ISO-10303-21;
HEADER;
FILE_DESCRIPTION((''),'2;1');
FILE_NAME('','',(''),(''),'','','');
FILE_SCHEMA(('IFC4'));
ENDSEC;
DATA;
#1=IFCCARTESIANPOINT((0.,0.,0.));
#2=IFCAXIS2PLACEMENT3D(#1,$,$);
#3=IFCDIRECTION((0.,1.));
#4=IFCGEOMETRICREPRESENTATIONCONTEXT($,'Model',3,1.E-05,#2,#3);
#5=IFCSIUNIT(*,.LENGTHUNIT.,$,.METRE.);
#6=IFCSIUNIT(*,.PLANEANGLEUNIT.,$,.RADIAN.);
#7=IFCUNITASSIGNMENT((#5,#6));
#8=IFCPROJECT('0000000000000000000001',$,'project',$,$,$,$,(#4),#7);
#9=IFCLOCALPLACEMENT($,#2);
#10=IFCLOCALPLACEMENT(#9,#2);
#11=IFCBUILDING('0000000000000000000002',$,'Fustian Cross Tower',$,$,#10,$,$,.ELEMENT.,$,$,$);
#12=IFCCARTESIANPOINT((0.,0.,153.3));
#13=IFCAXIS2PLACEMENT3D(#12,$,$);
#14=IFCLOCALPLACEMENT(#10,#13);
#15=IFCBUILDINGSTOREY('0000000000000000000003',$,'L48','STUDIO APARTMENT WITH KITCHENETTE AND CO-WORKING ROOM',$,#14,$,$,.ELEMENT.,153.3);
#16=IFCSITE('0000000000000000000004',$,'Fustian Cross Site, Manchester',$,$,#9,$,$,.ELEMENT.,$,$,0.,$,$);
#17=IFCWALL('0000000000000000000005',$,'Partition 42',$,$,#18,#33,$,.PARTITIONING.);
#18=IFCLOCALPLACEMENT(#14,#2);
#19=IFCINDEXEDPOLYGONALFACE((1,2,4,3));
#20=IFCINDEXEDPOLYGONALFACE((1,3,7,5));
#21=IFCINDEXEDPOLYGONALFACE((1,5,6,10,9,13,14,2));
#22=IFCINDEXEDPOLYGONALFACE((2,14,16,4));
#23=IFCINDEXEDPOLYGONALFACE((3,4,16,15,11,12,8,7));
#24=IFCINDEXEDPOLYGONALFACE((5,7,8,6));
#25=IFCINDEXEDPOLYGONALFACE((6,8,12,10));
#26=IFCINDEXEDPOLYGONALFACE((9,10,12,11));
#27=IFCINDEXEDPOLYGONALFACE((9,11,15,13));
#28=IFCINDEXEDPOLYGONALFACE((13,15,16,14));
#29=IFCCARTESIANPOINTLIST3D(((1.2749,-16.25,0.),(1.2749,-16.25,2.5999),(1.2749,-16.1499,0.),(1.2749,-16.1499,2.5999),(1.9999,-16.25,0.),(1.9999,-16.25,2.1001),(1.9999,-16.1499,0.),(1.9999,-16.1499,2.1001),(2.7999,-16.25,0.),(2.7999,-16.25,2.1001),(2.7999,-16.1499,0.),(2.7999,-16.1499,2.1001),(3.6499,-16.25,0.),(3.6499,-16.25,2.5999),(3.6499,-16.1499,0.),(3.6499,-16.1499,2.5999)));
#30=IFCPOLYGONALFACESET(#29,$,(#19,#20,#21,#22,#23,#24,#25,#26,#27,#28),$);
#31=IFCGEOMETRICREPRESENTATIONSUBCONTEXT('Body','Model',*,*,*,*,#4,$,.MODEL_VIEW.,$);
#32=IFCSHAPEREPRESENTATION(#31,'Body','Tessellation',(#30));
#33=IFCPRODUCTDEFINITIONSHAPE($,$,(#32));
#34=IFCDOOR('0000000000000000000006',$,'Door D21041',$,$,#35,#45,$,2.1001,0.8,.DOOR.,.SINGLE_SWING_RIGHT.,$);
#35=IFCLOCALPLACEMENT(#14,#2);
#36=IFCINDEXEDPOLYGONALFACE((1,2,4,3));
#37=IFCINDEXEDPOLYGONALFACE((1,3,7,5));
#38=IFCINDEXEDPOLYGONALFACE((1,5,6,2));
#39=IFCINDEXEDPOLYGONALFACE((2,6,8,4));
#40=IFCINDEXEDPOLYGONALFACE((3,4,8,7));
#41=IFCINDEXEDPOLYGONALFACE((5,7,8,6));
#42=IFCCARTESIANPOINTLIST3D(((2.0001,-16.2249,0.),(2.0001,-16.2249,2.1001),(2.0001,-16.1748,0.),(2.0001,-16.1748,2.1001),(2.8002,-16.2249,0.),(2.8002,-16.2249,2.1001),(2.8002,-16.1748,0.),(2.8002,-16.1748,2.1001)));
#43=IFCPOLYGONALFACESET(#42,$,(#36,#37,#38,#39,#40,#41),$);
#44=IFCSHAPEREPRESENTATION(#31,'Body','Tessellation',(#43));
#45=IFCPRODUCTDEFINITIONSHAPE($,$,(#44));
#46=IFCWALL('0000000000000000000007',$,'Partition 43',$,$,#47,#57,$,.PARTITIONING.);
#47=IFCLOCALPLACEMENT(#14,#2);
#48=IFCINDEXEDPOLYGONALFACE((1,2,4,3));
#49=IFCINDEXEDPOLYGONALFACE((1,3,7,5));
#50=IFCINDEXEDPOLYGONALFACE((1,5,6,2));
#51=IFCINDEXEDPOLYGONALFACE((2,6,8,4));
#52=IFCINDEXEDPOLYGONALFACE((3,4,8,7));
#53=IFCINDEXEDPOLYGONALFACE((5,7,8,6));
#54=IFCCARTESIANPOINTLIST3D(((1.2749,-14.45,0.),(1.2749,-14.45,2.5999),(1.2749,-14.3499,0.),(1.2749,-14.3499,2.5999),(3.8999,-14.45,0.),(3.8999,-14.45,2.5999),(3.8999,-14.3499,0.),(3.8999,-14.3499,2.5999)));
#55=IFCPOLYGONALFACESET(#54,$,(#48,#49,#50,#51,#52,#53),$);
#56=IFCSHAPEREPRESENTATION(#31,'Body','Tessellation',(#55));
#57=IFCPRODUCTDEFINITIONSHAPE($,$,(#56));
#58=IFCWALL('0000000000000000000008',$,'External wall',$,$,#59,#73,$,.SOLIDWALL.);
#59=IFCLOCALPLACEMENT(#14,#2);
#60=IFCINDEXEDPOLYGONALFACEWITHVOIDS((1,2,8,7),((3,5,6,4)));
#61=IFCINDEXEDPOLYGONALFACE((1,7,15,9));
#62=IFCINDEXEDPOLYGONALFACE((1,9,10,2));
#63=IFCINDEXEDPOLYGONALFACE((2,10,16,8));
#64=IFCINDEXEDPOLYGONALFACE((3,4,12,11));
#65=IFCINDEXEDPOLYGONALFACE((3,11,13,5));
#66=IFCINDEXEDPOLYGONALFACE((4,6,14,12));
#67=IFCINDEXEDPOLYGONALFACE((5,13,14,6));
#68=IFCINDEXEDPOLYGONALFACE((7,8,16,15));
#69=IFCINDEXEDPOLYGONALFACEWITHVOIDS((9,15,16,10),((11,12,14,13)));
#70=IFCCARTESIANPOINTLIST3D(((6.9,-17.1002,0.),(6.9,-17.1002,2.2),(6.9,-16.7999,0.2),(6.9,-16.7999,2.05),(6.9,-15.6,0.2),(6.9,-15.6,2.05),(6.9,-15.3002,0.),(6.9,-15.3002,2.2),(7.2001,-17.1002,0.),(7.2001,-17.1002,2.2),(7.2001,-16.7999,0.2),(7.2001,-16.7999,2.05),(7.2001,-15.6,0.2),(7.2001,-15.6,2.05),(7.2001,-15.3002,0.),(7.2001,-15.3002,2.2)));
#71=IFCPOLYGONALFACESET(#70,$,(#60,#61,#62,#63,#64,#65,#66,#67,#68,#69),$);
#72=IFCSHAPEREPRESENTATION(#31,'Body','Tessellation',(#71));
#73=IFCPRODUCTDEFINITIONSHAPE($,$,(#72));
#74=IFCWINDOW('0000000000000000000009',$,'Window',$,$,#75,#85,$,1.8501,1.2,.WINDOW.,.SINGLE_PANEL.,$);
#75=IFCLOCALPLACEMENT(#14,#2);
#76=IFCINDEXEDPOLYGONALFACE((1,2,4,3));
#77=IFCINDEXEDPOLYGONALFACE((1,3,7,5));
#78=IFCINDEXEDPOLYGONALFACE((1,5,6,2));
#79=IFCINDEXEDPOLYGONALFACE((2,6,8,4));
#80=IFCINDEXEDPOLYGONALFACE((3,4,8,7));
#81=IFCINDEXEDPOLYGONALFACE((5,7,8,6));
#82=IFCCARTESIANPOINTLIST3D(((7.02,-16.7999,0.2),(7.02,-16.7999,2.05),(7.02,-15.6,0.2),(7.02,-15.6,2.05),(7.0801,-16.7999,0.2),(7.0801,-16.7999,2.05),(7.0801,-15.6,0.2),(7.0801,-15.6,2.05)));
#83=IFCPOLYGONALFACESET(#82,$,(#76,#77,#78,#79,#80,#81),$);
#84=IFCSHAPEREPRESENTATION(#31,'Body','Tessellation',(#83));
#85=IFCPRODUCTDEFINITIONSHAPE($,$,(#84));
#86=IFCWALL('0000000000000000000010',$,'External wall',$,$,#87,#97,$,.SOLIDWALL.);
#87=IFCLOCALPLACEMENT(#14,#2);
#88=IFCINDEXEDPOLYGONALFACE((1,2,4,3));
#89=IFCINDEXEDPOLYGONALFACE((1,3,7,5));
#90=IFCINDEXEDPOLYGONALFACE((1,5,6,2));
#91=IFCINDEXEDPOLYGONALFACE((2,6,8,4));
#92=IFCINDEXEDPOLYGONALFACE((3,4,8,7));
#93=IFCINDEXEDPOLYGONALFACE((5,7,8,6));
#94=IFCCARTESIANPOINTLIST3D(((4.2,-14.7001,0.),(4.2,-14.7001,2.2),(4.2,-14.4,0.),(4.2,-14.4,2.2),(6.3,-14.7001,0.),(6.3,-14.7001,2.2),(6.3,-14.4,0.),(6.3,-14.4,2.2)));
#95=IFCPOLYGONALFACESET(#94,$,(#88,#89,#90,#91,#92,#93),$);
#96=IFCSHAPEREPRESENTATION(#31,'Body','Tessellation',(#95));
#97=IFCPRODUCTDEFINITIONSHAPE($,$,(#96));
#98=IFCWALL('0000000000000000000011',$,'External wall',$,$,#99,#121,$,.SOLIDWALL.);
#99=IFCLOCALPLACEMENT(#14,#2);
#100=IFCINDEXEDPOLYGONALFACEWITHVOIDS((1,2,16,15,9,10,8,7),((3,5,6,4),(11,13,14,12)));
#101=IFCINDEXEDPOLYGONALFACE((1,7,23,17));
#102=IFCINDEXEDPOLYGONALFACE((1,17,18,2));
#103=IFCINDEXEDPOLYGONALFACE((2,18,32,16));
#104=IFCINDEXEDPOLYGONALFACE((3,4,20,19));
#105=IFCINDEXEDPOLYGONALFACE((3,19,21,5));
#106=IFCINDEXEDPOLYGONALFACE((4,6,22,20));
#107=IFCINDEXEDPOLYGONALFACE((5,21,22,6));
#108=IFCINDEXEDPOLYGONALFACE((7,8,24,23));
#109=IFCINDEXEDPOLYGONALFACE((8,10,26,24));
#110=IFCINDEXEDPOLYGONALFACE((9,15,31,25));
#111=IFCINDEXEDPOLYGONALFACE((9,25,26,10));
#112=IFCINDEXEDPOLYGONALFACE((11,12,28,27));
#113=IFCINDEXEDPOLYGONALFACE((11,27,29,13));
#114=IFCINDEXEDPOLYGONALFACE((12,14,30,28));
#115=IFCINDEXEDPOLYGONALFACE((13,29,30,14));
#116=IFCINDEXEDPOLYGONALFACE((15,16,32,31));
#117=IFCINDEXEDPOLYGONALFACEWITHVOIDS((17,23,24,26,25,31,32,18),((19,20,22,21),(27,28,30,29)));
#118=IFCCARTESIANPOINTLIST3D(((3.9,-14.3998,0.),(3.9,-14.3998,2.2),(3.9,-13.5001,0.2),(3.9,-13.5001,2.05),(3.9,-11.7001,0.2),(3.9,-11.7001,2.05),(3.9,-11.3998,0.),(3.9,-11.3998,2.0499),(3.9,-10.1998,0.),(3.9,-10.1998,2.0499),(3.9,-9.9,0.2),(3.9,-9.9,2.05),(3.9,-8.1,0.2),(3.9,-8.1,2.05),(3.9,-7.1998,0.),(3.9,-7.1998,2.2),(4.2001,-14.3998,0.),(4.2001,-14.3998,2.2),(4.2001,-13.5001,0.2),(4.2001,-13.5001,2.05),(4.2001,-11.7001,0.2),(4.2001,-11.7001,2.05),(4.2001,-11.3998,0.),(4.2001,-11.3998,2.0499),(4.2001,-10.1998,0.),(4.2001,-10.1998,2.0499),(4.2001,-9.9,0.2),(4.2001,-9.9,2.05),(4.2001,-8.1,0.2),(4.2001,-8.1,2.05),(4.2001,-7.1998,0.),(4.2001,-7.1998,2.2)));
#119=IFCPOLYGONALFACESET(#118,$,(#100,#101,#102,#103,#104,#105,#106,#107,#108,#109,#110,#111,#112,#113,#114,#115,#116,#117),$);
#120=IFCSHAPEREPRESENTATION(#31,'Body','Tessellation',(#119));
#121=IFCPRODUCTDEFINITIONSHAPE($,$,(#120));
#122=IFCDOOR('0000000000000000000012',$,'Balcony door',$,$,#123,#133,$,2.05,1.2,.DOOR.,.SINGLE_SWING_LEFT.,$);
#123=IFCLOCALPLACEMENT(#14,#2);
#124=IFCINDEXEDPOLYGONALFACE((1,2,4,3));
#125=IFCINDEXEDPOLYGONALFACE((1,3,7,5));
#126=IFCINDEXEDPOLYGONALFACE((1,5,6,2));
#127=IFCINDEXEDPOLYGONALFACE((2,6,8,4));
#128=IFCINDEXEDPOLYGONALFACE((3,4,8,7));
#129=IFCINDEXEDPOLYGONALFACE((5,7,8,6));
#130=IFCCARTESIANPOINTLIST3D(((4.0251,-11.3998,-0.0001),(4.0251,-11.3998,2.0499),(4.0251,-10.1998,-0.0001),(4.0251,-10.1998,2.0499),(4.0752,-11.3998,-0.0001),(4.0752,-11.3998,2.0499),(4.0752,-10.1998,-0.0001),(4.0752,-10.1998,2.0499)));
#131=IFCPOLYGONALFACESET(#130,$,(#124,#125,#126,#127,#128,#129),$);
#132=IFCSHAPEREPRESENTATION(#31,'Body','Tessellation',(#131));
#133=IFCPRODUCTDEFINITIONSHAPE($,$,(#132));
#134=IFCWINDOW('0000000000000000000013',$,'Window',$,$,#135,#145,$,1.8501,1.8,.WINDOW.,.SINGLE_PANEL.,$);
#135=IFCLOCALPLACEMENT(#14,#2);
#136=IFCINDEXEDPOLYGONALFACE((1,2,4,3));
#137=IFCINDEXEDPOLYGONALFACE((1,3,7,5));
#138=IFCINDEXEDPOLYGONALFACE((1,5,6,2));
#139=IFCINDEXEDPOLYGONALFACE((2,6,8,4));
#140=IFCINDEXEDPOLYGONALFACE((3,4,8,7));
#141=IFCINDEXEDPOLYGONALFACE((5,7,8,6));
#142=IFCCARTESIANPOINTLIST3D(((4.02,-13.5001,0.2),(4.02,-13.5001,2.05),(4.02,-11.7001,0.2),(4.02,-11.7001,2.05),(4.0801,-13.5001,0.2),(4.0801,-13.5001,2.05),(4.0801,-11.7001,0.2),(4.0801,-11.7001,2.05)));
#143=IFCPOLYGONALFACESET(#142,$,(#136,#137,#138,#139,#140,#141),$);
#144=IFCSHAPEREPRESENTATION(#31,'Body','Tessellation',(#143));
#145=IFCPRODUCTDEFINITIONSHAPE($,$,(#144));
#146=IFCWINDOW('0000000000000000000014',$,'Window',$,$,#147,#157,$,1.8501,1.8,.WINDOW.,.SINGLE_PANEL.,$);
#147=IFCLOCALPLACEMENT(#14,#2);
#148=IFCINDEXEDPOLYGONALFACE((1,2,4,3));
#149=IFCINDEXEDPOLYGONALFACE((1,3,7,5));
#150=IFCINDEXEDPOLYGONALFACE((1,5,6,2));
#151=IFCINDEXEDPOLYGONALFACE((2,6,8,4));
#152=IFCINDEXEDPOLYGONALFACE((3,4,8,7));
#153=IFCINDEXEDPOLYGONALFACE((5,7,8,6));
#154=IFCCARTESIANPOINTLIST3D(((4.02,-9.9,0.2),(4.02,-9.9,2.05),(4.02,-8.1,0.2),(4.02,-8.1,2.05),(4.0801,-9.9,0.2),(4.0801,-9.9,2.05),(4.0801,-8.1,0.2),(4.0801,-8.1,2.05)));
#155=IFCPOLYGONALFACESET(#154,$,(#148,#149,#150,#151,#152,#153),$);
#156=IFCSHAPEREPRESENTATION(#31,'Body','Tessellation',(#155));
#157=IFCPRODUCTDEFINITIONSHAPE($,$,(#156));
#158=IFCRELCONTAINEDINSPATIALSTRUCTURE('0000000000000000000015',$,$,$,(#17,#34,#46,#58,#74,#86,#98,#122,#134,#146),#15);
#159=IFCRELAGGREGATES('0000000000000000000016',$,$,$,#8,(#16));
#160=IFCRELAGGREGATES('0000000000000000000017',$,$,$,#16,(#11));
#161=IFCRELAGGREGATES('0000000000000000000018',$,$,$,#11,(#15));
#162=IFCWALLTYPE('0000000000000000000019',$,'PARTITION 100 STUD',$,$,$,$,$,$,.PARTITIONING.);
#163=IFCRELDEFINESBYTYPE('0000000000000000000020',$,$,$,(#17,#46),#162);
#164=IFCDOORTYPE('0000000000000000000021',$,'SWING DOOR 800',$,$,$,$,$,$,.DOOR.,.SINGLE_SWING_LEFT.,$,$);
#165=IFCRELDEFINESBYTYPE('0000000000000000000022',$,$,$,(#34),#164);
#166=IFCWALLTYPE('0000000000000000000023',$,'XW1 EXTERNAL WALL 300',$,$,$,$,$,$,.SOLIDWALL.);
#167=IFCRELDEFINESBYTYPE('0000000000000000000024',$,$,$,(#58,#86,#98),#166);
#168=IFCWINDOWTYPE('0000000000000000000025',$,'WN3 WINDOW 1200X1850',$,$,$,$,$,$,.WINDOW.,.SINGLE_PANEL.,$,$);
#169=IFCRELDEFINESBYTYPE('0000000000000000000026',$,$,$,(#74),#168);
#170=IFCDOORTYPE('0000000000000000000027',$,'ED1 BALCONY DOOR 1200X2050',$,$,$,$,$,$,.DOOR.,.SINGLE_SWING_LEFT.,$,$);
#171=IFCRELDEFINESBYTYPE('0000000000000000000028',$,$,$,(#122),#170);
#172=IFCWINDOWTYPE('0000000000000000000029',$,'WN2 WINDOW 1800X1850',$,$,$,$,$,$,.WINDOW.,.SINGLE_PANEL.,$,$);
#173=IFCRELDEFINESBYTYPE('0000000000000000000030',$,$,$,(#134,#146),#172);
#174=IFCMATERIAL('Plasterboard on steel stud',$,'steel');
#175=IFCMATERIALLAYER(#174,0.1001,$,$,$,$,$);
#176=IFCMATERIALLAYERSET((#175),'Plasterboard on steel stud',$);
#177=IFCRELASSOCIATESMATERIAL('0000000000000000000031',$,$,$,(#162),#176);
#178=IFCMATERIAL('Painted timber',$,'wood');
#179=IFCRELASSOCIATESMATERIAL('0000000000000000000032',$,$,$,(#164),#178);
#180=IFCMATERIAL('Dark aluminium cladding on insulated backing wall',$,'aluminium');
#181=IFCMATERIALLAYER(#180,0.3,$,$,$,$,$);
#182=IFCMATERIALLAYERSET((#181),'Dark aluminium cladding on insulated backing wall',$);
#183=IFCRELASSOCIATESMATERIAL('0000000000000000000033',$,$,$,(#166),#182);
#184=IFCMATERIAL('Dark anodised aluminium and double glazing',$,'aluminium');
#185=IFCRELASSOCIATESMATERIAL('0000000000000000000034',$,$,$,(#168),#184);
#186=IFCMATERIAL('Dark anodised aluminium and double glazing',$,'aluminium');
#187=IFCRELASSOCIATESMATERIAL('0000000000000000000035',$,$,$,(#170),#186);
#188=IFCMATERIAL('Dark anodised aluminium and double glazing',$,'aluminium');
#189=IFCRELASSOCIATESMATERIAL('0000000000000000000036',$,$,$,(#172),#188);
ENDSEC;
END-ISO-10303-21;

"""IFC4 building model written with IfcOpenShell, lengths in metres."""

from ifc_helpers import new_model, si_unit, direction, frame, frame_2d, origin, place, context, subcontext, project, spatial, rectangle, extrude, material, layer, layer_set, type_object, element, fill, save


model = new_model("IFC4")

# Units and contexts
model_context = context("Model", 3, precision=1e-05, world=origin(), true_north=direction((0.0, 1.0)))
body_context = subcontext(model_context, "Body", "Model", "MODEL_VIEW")
ifc_project = project(units=[si_unit("LENGTHUNIT", "METRE"), si_unit("PLANEANGLEUNIT", "RADIAN")], contexts=[model_context])

# Site, building, storey
site_placement = place(None, origin())
site = spatial("IfcSite", under=ifc_project, at=site_placement, Name="Fustian Cross Site, Manchester", CompositionType="ELEMENT", RefElevation=0.0)
building_placement = place(site_placement, origin())
building = spatial("IfcBuilding", under=site, at=building_placement, Name="Fustian Cross Tower", CompositionType="ELEMENT")
storey_placement = place(building_placement, frame((0.0, 0.0, 153.3)))
storey = spatial("IfcBuildingStorey", under=building, at=storey_placement, Name="L48", Description="STUDIO APARTMENT WITH KITCHENETTE AND CO-WORKING ROOM", CompositionType="ELEMENT", Elevation=153.3)

# Wall, opening, door
ifc_material_1 = material(Name="Plasterboard on steel stud", Category="steel")
ifc_layer_1 = layer(ifc_material_1, 0.1001)
ifc_layer_set_1 = layer_set([ifc_layer_1], Name="Plasterboard on steel stud")
wall_type_1 = type_object("IfcWallType", Name="PARTITION 100 STUD", PredefinedType="PARTITIONING", material=ifc_layer_set_1)
wall_1_placement = place(storey_placement, frame((1.2749, -16.2, 0.0), z_axis=(0.0, 0.0, 1.0), x_axis=(1.0, 0.0, 0.0)))
wall_1 = element("IfcWall", 1, at=wall_1_placement, inside=storey, type_object=wall_type_1, Name="Partition 42", PredefinedType="PARTITIONING", context=body_context, shape_type="SweptSolid", body=[
    extrude(rectangle(XDim=2.375, YDim=0.1001, at=frame_2d((1.1875, 0.0))), origin(), (0.0, 0.0, 1.0), 2.5999),
])
opening_1_placement = place(wall_1_placement, frame((0.7251, 0.0, 0.0)))
opening_1 = element("IfcOpeningElement", 2, at=opening_1_placement, cuts=wall_1, PredefinedType="OPENING", context=body_context, shape_type="SweptSolid", body=[
    extrude(rectangle(XDim=0.8, YDim=2.1001, at=frame_2d((0.3999, 1.05))), frame((0.0, 0.0601, 0.0), z_axis=(0.0, -1.0, 0.0), x_axis=(1.0, 0.0, 0.0)), (0.0, 0.0, 1.0), 0.1201),
])
ifc_material_2 = material(Name="Painted timber", Category="wood")
door_type_1 = type_object("IfcDoorType", Name="SWING DOOR 800", OperationType="SINGLE_SWING_LEFT", PredefinedType="DOOR", material=ifc_material_2)
door_1_placement = place(opening_1_placement, frame((0.8, 0.0, 0.0), z_axis=(0.0, 0.0, 1.0), x_axis=(-1.0, 0.0, 0.0)))
door_1 = element("IfcDoor", 3, at=door_1_placement, inside=storey, type_object=door_type_1, Name="Door D21041", OperationType="SINGLE_SWING_RIGHT", OverallHeight=2.1001, OverallWidth=0.8, PredefinedType="DOOR", context=body_context, shape_type="SweptSolid", body=[
    extrude(rectangle(XDim=0.8, YDim=2.1001, at=frame_2d((0.3999, 1.05))), frame((0.0, 0.0249, 0.0), z_axis=(0.0, -1.0, 0.0), x_axis=(1.0, 0.0, 0.0)), (0.0, 0.0, 1.0), 0.05),
])
fill(opening_1, door_1)

# Wall
wall_2_placement = place(storey_placement, frame((1.2749, -14.3999, 0.0), z_axis=(0.0, 0.0, 1.0), x_axis=(1.0, 0.0, 0.0)))
element("IfcWall", 4, at=wall_2_placement, inside=storey, type_object=wall_type_1, Name="Partition 43", PredefinedType="PARTITIONING", context=body_context, shape_type="SweptSolid", body=[
    extrude(rectangle(XDim=2.625, YDim=0.1001, at=frame_2d((1.3125, 0.0))), origin(), (0.0, 0.0, 1.0), 2.5999),
])

# Wall, opening, window
ifc_material_3 = material(Name="Dark aluminium cladding on insulated backing wall", Category="aluminium")
ifc_layer_2 = layer(ifc_material_3, 0.3)
ifc_layer_set_2 = layer_set([ifc_layer_2], Name="Dark aluminium cladding on insulated backing wall")
wall_type_2 = type_object("IfcWallType", Name="XW1 EXTERNAL WALL 300", PredefinedType="SOLIDWALL", material=ifc_layer_set_2)
wall_3_placement = place(storey_placement, frame((7.05, -17.1001, 0.0), z_axis=(0.0, 0.0, 1.0), x_axis=(0.0, 1.0, 0.0)))
wall_3 = element("IfcWall", 5, at=wall_3_placement, inside=storey, type_object=wall_type_2, Name="External wall", PredefinedType="SOLIDWALL", context=body_context, shape_type="SweptSolid", body=[
    extrude(rectangle(XDim=1.8, YDim=0.3, at=frame_2d((0.8999, 0.0))), origin(), (0.0, 0.0, 1.0), 2.2),
])
opening_2_placement = place(wall_3_placement, frame((0.3, 0.0, 0.2)))
opening_2 = element("IfcOpeningElement", 6, at=opening_2_placement, cuts=wall_3, PredefinedType="OPENING", context=body_context, shape_type="SweptSolid", body=[
    extrude(rectangle(XDim=1.2, YDim=1.8501, at=frame_2d((0.6001, 0.925))), frame((0.0, 0.1599, 0.0), z_axis=(0.0, -1.0, 0.0), x_axis=(1.0, 0.0, 0.0)), (0.0, 0.0, 1.0), 0.3201),
])
ifc_material_4 = material(Name="Dark anodised aluminium and double glazing", Category="aluminium")
window_type_1 = type_object("IfcWindowType", Name="WN3 WINDOW 1200X1850", PartitioningType="SINGLE_PANEL", PredefinedType="WINDOW", material=ifc_material_4)
window_1_placement = place(opening_2_placement, origin())
window_1 = element("IfcWindow", 7, at=window_1_placement, inside=storey, type_object=window_type_1, Name="Window", OverallHeight=1.8501, OverallWidth=1.2, PartitioningType="SINGLE_PANEL", PredefinedType="WINDOW", context=body_context, shape_type="SweptSolid", body=[
    extrude(rectangle(XDim=1.2, YDim=1.8501, at=frame_2d((0.6001, 0.925))), frame((0.0, 0.03, 0.0), z_axis=(0.0, -1.0, 0.0), x_axis=(1.0, 0.0, 0.0)), (0.0, 0.0, 1.0), 0.0601),
])
fill(opening_2, window_1)

# Wall
wall_4_placement = place(storey_placement, frame((6.3, -14.55, 0.0), z_axis=(0.0, 0.0, 1.0), x_axis=(-1.0, 0.0, 0.0)))
element("IfcWall", 8, at=wall_4_placement, inside=storey, type_object=wall_type_2, Name="External wall", PredefinedType="SOLIDWALL", context=body_context, shape_type="SweptSolid", body=[
    extrude(rectangle(XDim=2.1001, YDim=0.3, at=frame_2d((1.05, 0.0))), origin(), (0.0, 0.0, 1.0), 2.2),
])

# Wall, openings, door, windows
wall_5_placement = place(storey_placement, frame((4.05, -14.3999, 0.0), z_axis=(0.0, 0.0, 1.0), x_axis=(0.0, 1.0, 0.0)))
wall_5 = element("IfcWall", 9, at=wall_5_placement, inside=storey, type_object=wall_type_2, Name="External wall", PredefinedType="SOLIDWALL", context=body_context, shape_type="SweptSolid", body=[
    extrude(rectangle(XDim=7.2, YDim=0.3, at=frame_2d((3.6001, 0.0))), origin(), (0.0, 0.0, 1.0), 2.2),
])
opening_3_placement = place(wall_5_placement, frame((3.0, 0.0, 0.0)))
opening_3 = element("IfcOpeningElement", 10, at=opening_3_placement, cuts=wall_5, PredefinedType="OPENING", context=body_context, shape_type="SweptSolid", body=[
    extrude(rectangle(XDim=1.2, YDim=2.05, at=frame_2d((0.6001, 1.0249))), frame((0.0, 0.1599, 0.0), z_axis=(0.0, -1.0, 0.0), x_axis=(1.0, 0.0, 0.0)), (0.0, 0.0, 1.0), 0.3201),
])
opening_4_placement = place(wall_5_placement, frame((0.8999, 0.0, 0.2)))
opening_4 = element("IfcOpeningElement", 11, at=opening_4_placement, cuts=wall_5, PredefinedType="OPENING", context=body_context, shape_type="SweptSolid", body=[
    extrude(rectangle(XDim=1.8, YDim=1.8501, at=frame_2d((0.8999, 0.925))), frame((0.0, 0.1599, 0.0), z_axis=(0.0, -1.0, 0.0), x_axis=(1.0, 0.0, 0.0)), (0.0, 0.0, 1.0), 0.3201),
])
opening_5_placement = place(wall_5_placement, frame((4.5, 0.0, 0.2)))
opening_5 = element("IfcOpeningElement", 12, at=opening_5_placement, cuts=wall_5, PredefinedType="OPENING", context=body_context, shape_type="SweptSolid", body=[
    extrude(rectangle(XDim=1.8, YDim=1.8501, at=frame_2d((0.8999, 0.925))), frame((0.0, 0.1599, 0.0), z_axis=(0.0, -1.0, 0.0), x_axis=(1.0, 0.0, 0.0)), (0.0, 0.0, 1.0), 0.3201),
])
ifc_material_5 = material(Name="Dark anodised aluminium and double glazing", Category="aluminium")
door_type_2 = type_object("IfcDoorType", Name="ED1 BALCONY DOOR 1200X2050", OperationType="SINGLE_SWING_LEFT", PredefinedType="DOOR", material=ifc_material_5)
door_2_placement = place(opening_3_placement, origin())
door_2 = element("IfcDoor", 13, at=door_2_placement, inside=storey, type_object=door_type_2, Name="Balcony door", OperationType="SINGLE_SWING_LEFT", OverallHeight=2.05, OverallWidth=1.2, PredefinedType="DOOR", context=body_context, shape_type="SweptSolid", body=[
    extrude(rectangle(XDim=1.2, YDim=2.05, at=frame_2d((0.6001, 1.0249))), frame((0.0, 0.0249, 0.0), z_axis=(0.0, -1.0, 0.0), x_axis=(1.0, 0.0, 0.0)), (0.0, 0.0, 1.0), 0.05),
])
fill(opening_3, door_2)
ifc_material_6 = material(Name="Dark anodised aluminium and double glazing", Category="aluminium")
window_type_2 = type_object("IfcWindowType", Name="WN2 WINDOW 1800X1850", PartitioningType="SINGLE_PANEL", PredefinedType="WINDOW", material=ifc_material_6)
window_2_placement = place(opening_4_placement, origin())
window_2 = element("IfcWindow", 14, at=window_2_placement, inside=storey, type_object=window_type_2, Name="Window", OverallHeight=1.8501, OverallWidth=1.8, PartitioningType="SINGLE_PANEL", PredefinedType="WINDOW", context=body_context, shape_type="SweptSolid", body=[
    extrude(rectangle(XDim=1.8, YDim=1.8501, at=frame_2d((0.8999, 0.925))), frame((0.0, 0.03, 0.0), z_axis=(0.0, -1.0, 0.0), x_axis=(1.0, 0.0, 0.0)), (0.0, 0.0, 1.0), 0.0601),
])
fill(opening_4, window_2)
window_3_placement = place(opening_5_placement, origin())
window_3 = element("IfcWindow", 15, at=window_3_placement, inside=storey, type_object=window_type_2, Name="Window", OverallHeight=1.8501, OverallWidth=1.8, PartitioningType="SINGLE_PANEL", PredefinedType="WINDOW", context=body_context, shape_type="SweptSolid", body=[
    extrude(rectangle(XDim=1.8, YDim=1.8501, at=frame_2d((0.8999, 0.925))), frame((0.0, 0.03, 0.0), z_axis=(0.0, -1.0, 0.0), x_axis=(1.0, 0.0, 0.0)), (0.0, 0.0, 1.0), 0.0601),
])
fill(opening_5, window_3)

save(model, "model.ifc")
